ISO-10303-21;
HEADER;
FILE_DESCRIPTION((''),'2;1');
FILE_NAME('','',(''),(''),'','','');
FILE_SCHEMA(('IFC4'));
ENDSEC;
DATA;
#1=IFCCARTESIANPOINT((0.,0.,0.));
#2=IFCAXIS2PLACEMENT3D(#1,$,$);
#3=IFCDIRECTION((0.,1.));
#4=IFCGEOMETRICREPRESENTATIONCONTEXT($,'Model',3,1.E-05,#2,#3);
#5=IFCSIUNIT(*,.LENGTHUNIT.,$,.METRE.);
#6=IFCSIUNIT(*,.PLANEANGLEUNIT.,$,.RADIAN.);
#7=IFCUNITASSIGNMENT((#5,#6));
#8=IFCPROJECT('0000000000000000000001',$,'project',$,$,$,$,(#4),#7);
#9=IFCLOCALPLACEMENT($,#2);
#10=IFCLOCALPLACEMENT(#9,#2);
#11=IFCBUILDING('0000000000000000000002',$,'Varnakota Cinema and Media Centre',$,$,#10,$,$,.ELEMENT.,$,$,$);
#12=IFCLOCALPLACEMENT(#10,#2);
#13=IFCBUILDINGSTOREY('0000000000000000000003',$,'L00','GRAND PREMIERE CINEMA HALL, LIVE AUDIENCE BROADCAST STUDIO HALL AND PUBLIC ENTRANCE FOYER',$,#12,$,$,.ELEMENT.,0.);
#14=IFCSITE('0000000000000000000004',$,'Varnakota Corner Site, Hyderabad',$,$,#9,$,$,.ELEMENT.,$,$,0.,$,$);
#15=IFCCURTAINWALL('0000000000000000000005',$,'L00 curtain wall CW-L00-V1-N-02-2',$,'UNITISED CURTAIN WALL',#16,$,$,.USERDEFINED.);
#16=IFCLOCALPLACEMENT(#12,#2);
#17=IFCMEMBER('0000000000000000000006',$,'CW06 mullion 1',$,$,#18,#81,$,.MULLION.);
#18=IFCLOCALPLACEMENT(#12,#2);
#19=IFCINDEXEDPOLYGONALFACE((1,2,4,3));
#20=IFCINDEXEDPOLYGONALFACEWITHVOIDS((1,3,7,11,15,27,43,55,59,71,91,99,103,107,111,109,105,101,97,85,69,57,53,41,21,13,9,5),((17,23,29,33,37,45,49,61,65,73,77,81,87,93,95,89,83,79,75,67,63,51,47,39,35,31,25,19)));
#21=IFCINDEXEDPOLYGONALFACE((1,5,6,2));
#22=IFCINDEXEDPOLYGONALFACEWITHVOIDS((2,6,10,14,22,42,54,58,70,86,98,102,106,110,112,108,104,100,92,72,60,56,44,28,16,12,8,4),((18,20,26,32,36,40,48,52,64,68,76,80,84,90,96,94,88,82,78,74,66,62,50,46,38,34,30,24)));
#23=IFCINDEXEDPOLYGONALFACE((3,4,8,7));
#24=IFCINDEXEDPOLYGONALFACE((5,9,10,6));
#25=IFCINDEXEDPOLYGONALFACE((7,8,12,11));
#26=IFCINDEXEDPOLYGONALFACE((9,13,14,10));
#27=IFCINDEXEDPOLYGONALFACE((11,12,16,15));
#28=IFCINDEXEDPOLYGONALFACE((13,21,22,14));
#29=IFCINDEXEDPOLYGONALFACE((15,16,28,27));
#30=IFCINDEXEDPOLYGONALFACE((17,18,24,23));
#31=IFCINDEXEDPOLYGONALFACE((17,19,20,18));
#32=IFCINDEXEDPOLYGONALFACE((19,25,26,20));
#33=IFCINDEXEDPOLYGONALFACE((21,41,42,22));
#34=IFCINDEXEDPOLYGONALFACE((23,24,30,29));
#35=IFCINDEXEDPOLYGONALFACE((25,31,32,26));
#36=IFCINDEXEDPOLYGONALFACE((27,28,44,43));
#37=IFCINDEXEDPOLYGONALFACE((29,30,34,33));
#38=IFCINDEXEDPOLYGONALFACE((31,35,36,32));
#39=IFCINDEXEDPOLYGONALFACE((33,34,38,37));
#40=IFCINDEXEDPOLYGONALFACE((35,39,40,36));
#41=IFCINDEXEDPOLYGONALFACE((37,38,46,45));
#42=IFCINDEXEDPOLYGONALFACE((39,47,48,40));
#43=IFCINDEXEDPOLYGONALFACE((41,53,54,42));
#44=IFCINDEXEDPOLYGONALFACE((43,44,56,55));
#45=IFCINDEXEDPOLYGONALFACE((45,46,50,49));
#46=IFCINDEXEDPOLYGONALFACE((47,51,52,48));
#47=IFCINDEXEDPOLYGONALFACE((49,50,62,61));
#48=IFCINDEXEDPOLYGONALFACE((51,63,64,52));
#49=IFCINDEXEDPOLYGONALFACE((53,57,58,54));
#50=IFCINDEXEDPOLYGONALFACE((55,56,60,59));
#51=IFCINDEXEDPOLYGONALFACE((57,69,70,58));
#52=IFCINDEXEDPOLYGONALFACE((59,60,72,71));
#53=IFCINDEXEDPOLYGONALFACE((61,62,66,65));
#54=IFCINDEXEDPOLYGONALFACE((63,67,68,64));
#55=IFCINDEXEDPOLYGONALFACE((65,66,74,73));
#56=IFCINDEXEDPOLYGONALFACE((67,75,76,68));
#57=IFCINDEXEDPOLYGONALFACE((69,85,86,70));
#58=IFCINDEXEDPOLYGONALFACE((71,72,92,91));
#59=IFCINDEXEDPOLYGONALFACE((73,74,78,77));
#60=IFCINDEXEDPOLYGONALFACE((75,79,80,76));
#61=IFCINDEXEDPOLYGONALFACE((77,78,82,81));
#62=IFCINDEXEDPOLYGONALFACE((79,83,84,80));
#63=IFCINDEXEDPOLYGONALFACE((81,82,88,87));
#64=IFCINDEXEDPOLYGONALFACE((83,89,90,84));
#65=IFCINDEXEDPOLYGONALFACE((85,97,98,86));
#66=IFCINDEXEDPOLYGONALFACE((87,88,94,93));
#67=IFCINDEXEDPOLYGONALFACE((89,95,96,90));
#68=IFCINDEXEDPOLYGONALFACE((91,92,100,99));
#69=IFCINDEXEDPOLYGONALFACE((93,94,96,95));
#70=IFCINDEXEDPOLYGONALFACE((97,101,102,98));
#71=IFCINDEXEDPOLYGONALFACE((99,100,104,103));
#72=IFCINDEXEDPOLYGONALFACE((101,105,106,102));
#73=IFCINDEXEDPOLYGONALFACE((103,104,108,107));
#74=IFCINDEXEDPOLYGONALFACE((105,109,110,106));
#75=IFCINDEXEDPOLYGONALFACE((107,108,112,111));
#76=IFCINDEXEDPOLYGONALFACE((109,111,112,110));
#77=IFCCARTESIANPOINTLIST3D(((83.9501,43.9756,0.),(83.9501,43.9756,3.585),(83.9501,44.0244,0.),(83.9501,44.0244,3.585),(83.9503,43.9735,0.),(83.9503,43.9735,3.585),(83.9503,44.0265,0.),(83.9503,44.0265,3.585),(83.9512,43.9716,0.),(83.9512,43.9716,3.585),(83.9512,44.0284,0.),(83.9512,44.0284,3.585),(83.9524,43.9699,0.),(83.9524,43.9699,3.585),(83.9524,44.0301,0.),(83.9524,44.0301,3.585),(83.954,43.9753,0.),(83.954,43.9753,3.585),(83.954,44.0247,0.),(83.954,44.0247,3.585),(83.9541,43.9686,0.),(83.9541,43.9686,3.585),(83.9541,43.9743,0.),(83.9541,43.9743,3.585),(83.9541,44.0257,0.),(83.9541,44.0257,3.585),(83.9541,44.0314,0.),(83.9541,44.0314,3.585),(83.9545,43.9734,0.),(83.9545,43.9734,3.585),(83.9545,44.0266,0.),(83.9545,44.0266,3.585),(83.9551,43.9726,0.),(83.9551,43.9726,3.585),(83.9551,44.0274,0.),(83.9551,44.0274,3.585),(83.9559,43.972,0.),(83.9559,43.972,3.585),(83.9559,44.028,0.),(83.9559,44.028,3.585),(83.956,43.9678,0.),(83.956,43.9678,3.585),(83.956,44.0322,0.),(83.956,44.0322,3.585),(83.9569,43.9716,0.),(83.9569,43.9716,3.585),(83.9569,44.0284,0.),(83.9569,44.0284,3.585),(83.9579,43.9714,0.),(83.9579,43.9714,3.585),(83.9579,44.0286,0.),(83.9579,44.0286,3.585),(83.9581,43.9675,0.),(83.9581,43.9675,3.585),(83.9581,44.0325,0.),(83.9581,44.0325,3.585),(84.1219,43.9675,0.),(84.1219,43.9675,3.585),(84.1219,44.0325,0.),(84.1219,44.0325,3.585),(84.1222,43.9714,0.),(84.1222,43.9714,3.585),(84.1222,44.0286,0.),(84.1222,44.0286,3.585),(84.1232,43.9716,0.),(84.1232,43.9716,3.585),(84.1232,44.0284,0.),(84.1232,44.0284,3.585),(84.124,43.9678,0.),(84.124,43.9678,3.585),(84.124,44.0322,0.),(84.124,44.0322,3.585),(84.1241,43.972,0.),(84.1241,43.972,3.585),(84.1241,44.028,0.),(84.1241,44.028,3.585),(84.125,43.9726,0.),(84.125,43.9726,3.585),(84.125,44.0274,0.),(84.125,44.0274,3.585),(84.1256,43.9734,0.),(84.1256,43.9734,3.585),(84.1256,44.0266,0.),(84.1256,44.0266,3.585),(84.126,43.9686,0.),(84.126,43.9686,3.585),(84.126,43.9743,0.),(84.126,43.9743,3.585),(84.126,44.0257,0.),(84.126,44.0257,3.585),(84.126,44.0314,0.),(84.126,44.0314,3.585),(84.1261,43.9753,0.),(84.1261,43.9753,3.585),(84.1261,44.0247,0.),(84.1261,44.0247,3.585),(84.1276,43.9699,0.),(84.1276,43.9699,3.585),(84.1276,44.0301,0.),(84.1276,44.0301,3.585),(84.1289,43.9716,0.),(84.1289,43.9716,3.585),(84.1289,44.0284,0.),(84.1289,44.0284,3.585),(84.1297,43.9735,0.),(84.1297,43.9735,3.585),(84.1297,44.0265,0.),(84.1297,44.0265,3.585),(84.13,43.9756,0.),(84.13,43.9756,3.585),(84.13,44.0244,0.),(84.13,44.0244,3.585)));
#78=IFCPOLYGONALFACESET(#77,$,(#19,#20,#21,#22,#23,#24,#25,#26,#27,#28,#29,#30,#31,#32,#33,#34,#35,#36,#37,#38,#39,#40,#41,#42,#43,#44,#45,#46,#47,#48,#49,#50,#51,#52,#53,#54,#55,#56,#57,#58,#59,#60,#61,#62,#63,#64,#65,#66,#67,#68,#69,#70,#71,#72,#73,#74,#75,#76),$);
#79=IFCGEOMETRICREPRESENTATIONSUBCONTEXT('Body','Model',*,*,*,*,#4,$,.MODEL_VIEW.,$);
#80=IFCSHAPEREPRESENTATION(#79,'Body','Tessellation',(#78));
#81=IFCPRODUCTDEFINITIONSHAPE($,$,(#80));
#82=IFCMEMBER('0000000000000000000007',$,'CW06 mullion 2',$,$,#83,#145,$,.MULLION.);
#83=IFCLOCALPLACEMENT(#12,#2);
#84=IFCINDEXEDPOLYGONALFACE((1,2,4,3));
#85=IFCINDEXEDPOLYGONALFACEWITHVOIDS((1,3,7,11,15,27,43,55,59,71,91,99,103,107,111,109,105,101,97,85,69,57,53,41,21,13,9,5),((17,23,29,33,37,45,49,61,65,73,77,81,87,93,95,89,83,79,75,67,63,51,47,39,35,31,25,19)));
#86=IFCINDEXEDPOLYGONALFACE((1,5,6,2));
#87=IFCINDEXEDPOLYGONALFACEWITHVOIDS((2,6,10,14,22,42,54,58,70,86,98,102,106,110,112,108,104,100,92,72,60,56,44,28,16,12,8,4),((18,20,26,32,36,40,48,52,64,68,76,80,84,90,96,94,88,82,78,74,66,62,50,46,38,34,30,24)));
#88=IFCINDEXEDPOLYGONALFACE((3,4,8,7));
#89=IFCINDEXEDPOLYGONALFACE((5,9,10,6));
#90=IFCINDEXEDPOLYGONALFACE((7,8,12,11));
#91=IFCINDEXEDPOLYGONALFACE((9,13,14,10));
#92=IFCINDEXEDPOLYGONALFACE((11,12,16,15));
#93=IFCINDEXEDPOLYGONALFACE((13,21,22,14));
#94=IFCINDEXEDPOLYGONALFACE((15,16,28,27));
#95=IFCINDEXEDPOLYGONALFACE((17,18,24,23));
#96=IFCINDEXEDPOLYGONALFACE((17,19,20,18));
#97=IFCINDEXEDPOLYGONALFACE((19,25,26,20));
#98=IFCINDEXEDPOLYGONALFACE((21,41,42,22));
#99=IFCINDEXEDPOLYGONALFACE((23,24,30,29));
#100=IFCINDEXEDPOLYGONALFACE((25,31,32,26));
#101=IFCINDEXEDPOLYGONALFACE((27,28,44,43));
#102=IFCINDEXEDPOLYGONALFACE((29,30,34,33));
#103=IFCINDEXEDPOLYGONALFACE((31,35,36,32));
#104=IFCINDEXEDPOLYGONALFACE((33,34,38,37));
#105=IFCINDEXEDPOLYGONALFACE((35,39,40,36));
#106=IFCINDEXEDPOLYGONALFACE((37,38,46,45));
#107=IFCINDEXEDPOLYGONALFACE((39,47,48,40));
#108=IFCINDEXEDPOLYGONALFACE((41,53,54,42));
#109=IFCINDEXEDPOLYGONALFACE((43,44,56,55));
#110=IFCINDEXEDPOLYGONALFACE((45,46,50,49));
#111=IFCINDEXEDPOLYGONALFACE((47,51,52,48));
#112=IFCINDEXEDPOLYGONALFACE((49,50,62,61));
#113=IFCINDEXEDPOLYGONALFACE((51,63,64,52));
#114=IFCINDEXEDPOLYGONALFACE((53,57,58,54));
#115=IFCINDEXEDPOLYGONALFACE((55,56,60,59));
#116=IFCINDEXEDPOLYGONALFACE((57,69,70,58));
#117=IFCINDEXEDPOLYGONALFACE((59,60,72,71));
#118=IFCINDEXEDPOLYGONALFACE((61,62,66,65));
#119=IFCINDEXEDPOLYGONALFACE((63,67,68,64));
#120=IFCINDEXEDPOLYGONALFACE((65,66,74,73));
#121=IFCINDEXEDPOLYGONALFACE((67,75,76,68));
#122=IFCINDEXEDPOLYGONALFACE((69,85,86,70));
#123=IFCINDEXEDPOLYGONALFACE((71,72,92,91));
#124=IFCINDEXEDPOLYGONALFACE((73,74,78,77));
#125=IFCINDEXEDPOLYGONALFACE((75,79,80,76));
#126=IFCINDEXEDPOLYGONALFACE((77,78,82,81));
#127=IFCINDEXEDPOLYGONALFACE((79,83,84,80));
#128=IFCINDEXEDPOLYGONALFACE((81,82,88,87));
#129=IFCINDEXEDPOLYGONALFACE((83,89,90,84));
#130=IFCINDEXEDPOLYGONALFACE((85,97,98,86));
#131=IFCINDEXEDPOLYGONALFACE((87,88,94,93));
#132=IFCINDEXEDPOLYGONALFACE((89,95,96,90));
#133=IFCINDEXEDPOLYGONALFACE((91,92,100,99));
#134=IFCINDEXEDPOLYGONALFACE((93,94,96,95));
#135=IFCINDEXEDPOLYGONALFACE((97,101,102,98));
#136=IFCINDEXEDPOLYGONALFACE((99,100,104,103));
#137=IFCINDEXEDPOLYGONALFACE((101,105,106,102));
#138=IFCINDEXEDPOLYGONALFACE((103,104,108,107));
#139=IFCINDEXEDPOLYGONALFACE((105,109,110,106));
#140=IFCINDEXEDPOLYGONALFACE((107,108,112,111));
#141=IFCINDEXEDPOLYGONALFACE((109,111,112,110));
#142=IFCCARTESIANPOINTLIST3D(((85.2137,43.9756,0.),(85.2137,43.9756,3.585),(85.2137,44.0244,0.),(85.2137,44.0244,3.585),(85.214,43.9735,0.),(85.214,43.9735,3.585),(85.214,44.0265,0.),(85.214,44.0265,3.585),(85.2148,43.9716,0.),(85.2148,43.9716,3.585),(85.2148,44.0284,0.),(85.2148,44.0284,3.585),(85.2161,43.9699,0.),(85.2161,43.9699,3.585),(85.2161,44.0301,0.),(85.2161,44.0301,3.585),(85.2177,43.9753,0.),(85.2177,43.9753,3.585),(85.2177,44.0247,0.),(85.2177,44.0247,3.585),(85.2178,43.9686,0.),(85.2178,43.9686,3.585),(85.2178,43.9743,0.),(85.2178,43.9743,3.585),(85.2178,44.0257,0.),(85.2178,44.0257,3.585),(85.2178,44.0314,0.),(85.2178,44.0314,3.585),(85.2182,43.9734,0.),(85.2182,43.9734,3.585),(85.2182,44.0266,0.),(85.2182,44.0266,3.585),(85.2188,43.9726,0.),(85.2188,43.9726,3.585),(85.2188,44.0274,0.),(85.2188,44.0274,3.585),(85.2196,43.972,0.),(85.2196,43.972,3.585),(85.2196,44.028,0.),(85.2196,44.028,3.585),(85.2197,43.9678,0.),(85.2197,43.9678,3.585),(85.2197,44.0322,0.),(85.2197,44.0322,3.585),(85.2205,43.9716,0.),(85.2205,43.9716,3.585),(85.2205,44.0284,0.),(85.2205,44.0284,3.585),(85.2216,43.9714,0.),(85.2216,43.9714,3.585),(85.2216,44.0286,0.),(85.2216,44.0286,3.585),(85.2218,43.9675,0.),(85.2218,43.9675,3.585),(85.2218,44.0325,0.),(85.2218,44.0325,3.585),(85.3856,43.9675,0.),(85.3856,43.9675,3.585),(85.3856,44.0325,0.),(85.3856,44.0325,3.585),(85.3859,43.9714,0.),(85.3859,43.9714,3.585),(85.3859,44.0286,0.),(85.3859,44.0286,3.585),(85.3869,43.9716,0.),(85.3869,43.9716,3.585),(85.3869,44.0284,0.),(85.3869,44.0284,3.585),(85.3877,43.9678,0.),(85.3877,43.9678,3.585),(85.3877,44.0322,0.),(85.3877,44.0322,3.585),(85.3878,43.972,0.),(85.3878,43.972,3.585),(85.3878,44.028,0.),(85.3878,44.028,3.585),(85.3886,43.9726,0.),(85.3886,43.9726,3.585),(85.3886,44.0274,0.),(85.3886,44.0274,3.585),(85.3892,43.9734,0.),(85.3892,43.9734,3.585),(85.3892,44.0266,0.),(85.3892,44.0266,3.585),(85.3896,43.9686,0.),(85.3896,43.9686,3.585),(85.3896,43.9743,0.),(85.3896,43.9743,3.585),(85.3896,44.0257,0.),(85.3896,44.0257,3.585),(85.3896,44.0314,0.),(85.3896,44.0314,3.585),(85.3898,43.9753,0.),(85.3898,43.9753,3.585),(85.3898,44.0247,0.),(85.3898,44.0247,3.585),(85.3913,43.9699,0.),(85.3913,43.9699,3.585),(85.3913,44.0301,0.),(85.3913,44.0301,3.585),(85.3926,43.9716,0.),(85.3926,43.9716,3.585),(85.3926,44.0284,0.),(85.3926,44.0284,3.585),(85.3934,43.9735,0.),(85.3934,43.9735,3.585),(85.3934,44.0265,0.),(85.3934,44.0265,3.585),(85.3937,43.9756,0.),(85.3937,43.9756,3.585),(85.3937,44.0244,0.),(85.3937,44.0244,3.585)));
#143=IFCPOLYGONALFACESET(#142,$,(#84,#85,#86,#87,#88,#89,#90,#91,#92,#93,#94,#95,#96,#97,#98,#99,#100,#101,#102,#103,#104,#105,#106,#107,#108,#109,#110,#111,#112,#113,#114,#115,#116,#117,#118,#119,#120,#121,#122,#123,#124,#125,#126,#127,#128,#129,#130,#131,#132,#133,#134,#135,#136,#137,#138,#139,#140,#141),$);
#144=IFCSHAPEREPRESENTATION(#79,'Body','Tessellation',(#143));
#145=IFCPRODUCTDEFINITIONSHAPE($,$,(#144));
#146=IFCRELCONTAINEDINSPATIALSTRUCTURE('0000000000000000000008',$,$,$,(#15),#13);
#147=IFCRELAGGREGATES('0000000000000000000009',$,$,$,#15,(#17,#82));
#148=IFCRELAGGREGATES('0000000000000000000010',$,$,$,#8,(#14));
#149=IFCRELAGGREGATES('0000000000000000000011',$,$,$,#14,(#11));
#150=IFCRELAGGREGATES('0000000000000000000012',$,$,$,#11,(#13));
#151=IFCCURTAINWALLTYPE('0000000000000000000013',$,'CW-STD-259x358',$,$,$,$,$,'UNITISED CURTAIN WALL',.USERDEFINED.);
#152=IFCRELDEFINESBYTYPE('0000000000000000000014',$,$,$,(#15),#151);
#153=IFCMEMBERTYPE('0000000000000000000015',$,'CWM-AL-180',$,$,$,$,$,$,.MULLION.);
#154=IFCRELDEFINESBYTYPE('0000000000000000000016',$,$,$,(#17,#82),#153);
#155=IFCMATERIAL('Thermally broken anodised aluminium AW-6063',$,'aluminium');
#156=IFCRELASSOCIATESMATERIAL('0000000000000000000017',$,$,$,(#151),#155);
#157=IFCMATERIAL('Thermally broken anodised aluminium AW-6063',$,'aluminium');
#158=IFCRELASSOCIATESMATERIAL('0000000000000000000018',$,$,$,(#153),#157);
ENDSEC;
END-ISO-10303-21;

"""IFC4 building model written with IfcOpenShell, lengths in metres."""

from ifc_helpers import new_model, si_unit, direction, frame, origin, origin_2d, place, context, subcontext, project, spatial, hollow_rectangle, extrude, material, material_profile, profile_set, type_object, element, aggregate, save


model = new_model("IFC4")

# Units and contexts
model_context = context("Model", 3, precision=1e-05, world=origin(), true_north=direction((0.0, 1.0)))
body_context = subcontext(model_context, "Body", "Model", "MODEL_VIEW")
ifc_project = project(units=[si_unit("LENGTHUNIT", "METRE"), si_unit("PLANEANGLEUNIT", "RADIAN")], contexts=[model_context])

# Site, building, storey
site_placement = place(None, origin())
site = spatial("IfcSite", under=ifc_project, at=site_placement, Name="Varnakota Corner Site, Hyderabad", CompositionType="ELEMENT", RefElevation=0.0)
building_placement = place(site_placement, origin())
building = spatial("IfcBuilding", under=site, at=building_placement, Name="Varnakota Cinema and Media Centre", CompositionType="ELEMENT")
storey_placement = place(building_placement, origin())
storey = spatial("IfcBuildingStorey", under=building, at=storey_placement, Name="L00", Description="GRAND PREMIERE CINEMA HALL, LIVE AUDIENCE BROADCAST STUDIO HALL AND PUBLIC ENTRANCE FOYER", CompositionType="ELEMENT", Elevation=0.0)

# Curtain wall, members
ifc_material_1 = material(Name="Thermally broken anodised aluminium AW-6063", Category="aluminium")
curtain_wall_type = type_object("IfcCurtainWallType", Name="CW-STD-259x358", ElementType="UNITISED CURTAIN WALL", PredefinedType="USERDEFINED", material=ifc_material_1)
ifc_material_2 = material(Name="Thermally broken anodised aluminium AW-6063", Category="aluminium")
ifc_material_profile_1 = material_profile(ifc_material_2, hollow_rectangle(XDim=0.0649, YDim=0.1799, WallThickness=0.0039, InnerFilletRadius=0.0039, OuterFilletRadius=0.0081, at=origin_2d()), Name="AL-MULLION 180x65x4")
ifc_profile_set_1 = profile_set([ifc_material_profile_1], Name="Thermally broken anodised aluminium AW-6063")
member_type_1 = type_object("IfcMemberType", Name="CWM-AL-180", PredefinedType="MULLION", material=ifc_profile_set_1)
curtain_wall_1_placement = place(storey_placement, origin())
curtain_wall_1 = element("IfcCurtainWall", 1, at=curtain_wall_1_placement, inside=storey, type_object=curtain_wall_type, Name="L00 curtain wall CW-L00-V1-N-02-2", ObjectType="UNITISED CURTAIN WALL", PredefinedType="USERDEFINED")
member_1_placement = place(storey_placement, frame((84.04, 44.0, 0.0), z_axis=(0.0, 0.0, 1.0), x_axis=(0.0, 1.0, 0.0)))
member_1 = element("IfcMember", 2, at=member_1_placement, type_object=member_type_1, Name="CW06 mullion 1", PredefinedType="MULLION", context=body_context, shape_type="SweptSolid", body=[
    extrude(hollow_rectangle(XDim=0.0649, YDim=0.1799, WallThickness=0.0039, InnerFilletRadius=0.0039, OuterFilletRadius=0.0081, at=origin_2d()), origin(), (0.0, 0.0, 1.0), 3.585),
])
member_2_placement = place(storey_placement, frame((85.3037, 44.0, 0.0), z_axis=(0.0, 0.0, 1.0), x_axis=(0.0, 1.0, 0.0)))
member_2 = element("IfcMember", 3, at=member_2_placement, type_object=member_type_1, Name="CW06 mullion 2", PredefinedType="MULLION", context=body_context, shape_type="SweptSolid", body=[
    extrude(hollow_rectangle(XDim=0.0649, YDim=0.1799, WallThickness=0.0039, InnerFilletRadius=0.0039, OuterFilletRadius=0.0081, at=origin_2d()), origin(), (0.0, 0.0, 1.0), 3.585),
])

aggregate(curtain_wall_1, [member_1, member_2])

save(model, "model.ifc")
